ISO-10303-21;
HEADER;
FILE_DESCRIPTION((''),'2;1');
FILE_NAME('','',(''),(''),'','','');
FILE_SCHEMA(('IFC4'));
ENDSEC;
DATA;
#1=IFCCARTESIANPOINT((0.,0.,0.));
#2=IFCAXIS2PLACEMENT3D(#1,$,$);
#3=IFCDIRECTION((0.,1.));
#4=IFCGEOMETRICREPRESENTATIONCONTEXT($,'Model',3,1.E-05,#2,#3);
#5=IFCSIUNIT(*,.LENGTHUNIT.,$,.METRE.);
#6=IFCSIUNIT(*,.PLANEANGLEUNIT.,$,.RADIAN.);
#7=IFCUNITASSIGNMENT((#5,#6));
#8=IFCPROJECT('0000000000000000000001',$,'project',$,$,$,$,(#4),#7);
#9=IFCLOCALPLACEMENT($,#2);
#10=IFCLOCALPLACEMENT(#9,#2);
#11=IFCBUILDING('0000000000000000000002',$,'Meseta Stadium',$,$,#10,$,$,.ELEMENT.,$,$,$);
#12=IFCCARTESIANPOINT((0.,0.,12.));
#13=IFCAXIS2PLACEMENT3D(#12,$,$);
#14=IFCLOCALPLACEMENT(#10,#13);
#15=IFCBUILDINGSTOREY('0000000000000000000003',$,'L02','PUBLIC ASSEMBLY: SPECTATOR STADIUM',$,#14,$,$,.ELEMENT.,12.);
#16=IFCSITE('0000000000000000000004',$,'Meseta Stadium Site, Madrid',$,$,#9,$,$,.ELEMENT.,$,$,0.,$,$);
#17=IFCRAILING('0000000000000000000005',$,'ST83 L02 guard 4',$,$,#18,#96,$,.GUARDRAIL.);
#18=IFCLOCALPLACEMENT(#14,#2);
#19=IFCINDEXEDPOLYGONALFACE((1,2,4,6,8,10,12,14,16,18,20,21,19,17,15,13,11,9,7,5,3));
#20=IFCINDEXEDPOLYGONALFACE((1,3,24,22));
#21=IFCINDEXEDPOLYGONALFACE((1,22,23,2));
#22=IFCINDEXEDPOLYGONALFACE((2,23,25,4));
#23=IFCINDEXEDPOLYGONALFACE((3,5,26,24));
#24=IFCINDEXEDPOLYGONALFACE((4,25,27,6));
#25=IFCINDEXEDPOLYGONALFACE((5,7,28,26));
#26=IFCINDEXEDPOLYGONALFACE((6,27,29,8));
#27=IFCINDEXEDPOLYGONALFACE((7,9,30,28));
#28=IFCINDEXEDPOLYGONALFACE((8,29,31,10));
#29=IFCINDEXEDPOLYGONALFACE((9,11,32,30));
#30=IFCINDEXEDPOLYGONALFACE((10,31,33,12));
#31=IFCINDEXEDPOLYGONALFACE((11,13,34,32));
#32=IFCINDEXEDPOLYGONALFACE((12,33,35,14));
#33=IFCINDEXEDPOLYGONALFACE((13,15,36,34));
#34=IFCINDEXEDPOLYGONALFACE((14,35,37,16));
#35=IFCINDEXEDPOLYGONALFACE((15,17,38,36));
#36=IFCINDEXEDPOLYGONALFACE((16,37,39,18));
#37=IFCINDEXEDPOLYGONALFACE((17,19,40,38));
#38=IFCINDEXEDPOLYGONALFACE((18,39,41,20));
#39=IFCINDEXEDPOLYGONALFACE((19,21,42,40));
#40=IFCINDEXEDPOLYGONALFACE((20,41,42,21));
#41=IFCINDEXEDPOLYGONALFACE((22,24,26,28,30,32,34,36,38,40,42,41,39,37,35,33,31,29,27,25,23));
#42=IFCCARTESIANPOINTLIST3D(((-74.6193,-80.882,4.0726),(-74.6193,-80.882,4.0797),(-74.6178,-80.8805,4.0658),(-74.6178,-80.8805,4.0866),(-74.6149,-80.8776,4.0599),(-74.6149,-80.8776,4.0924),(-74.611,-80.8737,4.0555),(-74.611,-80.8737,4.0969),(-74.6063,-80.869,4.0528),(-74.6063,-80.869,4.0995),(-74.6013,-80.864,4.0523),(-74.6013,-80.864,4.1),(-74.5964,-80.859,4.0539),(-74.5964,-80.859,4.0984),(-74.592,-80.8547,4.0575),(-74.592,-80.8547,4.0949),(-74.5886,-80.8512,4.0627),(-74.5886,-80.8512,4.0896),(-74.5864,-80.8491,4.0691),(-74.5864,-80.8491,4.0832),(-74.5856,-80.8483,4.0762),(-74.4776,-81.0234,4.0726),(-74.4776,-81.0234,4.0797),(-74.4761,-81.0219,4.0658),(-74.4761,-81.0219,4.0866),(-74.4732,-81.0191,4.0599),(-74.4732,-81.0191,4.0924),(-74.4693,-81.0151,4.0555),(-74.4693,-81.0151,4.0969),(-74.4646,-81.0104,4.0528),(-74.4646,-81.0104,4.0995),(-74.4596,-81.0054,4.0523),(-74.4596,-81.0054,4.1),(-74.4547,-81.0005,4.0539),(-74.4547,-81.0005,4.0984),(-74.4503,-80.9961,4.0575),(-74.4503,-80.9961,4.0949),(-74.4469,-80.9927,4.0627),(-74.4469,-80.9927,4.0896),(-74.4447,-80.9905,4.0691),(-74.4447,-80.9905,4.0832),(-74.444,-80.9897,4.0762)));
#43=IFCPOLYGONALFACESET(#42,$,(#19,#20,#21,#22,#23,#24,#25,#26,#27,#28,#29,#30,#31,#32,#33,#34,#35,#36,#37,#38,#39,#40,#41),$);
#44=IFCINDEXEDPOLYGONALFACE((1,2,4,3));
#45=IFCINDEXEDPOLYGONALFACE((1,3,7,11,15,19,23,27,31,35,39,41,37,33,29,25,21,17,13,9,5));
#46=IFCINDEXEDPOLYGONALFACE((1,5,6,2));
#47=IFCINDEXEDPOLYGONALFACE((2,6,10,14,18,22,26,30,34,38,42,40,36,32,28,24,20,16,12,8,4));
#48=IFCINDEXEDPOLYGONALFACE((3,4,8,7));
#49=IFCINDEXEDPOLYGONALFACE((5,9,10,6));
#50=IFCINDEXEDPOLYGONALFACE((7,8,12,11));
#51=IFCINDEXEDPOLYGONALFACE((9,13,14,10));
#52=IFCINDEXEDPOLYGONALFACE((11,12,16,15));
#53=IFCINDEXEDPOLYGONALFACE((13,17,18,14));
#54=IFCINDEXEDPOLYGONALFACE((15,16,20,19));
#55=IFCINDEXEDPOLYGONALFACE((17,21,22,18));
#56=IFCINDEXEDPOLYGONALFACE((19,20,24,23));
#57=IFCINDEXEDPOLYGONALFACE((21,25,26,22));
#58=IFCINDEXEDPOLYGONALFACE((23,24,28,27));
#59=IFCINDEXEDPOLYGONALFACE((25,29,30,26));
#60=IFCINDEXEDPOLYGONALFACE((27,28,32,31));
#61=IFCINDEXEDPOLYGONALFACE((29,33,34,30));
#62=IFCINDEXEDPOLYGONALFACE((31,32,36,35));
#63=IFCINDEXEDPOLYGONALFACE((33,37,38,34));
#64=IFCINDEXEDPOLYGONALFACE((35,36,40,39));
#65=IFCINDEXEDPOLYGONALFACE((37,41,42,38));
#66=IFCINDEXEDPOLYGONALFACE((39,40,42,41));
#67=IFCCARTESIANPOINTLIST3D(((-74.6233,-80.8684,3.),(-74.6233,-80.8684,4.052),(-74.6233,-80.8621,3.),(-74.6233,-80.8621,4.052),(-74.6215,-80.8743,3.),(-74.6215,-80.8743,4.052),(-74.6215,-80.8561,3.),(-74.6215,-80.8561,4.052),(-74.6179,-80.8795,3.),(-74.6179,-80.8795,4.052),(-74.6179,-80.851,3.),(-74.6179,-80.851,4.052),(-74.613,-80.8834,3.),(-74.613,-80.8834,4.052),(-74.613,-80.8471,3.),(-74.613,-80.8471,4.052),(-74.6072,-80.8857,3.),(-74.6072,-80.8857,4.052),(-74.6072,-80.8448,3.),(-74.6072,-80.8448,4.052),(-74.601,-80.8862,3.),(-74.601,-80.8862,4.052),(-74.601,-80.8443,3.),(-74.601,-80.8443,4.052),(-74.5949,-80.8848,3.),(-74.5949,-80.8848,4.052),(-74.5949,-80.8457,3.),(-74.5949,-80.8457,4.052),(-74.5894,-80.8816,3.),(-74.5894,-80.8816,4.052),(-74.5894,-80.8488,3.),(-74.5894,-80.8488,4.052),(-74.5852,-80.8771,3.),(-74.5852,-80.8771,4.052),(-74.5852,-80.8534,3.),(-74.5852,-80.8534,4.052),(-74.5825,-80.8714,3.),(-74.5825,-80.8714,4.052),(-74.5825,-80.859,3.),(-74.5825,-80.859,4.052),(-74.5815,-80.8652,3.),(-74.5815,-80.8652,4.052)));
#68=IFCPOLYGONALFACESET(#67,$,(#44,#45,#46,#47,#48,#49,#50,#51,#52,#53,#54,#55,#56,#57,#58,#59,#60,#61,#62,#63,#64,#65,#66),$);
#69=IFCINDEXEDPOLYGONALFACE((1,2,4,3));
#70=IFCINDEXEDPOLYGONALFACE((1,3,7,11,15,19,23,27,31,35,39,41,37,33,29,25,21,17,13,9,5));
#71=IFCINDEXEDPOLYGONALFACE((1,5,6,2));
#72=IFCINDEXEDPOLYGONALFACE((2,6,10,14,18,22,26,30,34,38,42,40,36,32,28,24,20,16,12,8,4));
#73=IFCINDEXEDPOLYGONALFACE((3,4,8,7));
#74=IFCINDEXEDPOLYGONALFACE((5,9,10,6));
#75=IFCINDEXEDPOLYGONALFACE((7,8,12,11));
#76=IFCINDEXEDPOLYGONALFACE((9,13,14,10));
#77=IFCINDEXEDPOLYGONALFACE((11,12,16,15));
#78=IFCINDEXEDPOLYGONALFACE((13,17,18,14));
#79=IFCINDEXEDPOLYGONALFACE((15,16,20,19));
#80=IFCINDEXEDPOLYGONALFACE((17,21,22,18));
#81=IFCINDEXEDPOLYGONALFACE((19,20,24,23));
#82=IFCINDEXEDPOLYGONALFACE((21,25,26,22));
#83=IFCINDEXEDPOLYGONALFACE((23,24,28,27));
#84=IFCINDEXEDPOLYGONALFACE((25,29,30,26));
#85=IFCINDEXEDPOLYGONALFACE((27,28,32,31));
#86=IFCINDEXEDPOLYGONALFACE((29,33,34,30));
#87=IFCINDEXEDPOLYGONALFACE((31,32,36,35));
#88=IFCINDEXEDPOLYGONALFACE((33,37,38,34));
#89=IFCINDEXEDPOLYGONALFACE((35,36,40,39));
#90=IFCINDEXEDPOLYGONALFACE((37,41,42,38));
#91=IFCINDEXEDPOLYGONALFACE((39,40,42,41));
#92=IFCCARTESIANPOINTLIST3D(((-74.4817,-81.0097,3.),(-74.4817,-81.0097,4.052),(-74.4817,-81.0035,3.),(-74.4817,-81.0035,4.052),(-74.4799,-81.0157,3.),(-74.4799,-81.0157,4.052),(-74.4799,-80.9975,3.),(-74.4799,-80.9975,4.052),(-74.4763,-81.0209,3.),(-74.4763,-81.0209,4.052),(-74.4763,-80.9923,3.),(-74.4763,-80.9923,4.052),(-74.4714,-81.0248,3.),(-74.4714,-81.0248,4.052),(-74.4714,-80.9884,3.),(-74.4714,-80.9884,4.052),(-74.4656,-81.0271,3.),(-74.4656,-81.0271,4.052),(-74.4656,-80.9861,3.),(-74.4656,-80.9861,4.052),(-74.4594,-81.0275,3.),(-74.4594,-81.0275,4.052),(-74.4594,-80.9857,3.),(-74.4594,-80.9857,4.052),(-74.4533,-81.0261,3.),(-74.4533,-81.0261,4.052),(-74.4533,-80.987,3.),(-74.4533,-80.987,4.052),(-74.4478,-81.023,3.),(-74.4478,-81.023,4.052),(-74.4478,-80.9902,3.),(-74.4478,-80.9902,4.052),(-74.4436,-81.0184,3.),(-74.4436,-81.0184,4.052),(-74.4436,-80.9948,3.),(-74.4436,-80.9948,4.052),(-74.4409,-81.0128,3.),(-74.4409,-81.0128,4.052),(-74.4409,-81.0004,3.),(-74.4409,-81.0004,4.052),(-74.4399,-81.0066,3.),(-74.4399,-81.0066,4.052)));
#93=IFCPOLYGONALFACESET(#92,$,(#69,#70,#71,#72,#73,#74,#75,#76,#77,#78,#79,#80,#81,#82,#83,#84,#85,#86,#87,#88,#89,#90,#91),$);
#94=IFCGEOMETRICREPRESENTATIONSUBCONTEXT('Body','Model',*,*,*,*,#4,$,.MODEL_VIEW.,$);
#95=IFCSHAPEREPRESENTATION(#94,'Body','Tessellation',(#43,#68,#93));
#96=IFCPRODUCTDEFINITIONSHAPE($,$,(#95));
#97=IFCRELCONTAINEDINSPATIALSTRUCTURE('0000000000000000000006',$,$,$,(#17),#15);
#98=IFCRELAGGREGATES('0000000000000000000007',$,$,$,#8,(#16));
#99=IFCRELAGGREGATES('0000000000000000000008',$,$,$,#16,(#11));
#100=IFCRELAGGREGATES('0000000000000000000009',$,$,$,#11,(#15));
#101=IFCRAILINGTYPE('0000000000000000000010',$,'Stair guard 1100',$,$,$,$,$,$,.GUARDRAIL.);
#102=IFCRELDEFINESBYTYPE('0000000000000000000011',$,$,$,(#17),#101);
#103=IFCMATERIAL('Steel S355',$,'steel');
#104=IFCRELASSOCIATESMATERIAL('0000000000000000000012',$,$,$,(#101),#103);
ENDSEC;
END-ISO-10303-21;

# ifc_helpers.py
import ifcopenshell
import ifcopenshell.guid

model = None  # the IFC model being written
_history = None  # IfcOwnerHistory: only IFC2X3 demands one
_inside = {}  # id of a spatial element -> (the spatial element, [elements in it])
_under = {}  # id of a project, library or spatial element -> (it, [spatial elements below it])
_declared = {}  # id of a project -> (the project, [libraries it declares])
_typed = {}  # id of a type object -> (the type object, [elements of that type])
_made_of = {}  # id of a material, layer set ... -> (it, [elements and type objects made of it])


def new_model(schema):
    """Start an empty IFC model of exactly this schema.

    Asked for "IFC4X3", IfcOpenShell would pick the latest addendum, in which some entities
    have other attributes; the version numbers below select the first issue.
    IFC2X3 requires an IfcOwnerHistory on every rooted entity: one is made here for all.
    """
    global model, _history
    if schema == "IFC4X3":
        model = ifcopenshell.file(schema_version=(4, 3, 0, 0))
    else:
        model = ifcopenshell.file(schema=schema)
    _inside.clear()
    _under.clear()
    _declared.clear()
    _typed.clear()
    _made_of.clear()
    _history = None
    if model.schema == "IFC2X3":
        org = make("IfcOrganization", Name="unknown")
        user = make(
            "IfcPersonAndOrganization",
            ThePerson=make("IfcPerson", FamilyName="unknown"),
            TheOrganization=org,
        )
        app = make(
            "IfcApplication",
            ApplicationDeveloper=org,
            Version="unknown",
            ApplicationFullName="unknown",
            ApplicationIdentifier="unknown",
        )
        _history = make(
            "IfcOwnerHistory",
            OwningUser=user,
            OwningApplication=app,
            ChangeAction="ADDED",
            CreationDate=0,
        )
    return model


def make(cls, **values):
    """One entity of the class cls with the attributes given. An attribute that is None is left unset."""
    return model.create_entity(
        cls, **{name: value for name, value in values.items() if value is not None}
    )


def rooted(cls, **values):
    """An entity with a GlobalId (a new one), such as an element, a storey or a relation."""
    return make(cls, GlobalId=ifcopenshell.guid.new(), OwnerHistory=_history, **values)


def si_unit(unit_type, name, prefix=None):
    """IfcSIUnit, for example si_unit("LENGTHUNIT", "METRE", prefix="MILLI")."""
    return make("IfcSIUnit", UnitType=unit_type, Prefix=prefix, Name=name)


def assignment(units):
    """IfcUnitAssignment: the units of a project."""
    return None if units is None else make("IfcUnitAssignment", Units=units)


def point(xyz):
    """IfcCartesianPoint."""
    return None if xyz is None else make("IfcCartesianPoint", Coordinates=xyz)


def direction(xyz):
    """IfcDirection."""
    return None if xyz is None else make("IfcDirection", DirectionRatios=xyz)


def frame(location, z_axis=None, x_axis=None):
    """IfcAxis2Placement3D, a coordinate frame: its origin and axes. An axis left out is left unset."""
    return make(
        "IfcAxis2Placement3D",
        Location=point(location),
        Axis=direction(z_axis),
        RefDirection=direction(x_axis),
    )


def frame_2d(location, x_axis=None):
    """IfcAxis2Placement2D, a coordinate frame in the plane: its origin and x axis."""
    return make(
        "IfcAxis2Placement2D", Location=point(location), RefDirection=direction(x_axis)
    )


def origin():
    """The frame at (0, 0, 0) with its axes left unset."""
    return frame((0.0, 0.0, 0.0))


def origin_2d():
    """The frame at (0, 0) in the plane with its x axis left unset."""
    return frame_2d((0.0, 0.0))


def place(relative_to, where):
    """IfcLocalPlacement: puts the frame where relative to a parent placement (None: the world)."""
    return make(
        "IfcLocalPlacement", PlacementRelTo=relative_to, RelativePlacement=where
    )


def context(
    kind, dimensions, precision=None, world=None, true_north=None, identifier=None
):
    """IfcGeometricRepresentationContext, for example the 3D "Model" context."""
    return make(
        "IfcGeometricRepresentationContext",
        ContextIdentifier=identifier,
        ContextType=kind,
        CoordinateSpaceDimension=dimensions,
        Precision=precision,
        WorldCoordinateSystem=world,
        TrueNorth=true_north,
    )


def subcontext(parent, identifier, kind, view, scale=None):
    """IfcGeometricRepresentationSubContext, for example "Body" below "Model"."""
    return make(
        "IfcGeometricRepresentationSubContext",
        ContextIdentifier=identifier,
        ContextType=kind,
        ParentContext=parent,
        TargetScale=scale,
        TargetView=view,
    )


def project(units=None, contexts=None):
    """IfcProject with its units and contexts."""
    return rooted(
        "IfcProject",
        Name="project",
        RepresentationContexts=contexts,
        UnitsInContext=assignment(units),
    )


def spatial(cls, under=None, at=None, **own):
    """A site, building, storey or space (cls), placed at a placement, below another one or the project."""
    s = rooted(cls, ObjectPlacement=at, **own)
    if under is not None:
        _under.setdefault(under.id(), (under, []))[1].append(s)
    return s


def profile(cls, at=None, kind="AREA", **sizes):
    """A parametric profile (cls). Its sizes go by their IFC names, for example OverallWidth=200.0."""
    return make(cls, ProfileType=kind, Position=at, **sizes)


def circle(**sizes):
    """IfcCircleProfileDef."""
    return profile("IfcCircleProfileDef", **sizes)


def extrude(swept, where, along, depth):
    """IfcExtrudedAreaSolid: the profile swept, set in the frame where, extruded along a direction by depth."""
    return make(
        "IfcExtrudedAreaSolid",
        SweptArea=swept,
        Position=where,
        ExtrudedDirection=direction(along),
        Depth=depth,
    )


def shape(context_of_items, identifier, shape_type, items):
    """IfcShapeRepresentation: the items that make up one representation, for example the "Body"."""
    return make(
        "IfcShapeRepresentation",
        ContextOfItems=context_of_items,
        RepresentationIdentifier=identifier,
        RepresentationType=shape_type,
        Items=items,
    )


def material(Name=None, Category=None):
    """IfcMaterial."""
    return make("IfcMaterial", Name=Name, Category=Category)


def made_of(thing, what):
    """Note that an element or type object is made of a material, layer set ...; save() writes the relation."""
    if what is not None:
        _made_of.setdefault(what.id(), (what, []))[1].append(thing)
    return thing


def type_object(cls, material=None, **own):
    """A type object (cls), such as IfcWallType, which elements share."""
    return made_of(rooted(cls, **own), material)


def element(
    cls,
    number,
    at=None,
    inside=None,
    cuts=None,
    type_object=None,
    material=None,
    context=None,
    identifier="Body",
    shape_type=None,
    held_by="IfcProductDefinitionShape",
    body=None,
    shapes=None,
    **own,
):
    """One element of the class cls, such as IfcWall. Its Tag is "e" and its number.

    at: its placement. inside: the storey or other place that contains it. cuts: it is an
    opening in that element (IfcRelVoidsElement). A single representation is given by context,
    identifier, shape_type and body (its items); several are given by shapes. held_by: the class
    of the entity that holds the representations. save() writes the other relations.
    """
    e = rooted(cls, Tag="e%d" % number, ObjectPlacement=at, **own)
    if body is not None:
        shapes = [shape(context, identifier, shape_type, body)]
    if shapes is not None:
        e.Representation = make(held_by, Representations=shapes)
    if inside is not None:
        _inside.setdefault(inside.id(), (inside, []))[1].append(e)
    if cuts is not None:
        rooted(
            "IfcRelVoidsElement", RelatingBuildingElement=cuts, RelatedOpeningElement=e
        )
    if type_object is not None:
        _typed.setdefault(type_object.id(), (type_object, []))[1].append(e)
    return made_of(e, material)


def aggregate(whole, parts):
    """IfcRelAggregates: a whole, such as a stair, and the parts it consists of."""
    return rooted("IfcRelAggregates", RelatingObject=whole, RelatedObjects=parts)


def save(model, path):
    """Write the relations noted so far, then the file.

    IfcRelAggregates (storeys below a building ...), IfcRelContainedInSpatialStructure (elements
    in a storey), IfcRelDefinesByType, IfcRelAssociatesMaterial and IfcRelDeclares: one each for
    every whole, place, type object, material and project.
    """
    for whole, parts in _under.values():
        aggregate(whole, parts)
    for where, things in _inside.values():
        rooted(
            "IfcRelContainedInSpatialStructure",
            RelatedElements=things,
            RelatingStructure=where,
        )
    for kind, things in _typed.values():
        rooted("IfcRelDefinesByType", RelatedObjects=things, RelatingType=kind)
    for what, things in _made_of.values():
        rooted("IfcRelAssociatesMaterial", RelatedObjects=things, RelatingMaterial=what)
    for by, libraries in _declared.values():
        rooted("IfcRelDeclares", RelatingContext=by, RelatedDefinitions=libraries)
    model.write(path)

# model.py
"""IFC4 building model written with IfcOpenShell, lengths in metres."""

from ifc_helpers import new_model, si_unit, direction, frame, origin, origin_2d, place, context, subcontext, project, spatial, circle, extrude, material, type_object, element, save


model = new_model("IFC4")

# Units and contexts
model_context = context("Model", 3, precision=1e-05, world=origin(), true_north=direction((0.0, 1.0)))
body_context = subcontext(model_context, "Body", "Model", "MODEL_VIEW")
ifc_project = project(units=[si_unit("LENGTHUNIT", "METRE"), si_unit("PLANEANGLEUNIT", "RADIAN")], contexts=[model_context])

# Site, building, storey
site_placement = place(None, origin())
site = spatial("IfcSite", under=ifc_project, at=site_placement, Name="Meseta Stadium Site, Madrid", CompositionType="ELEMENT", RefElevation=0.0)
building_placement = place(site_placement, origin())
building = spatial("IfcBuilding", under=site, at=building_placement, Name="Meseta Stadium", CompositionType="ELEMENT")
storey_placement = place(building_placement, frame((0.0, 0.0, 12.0)))
storey = spatial("IfcBuildingStorey", under=building, at=storey_placement, Name="L02", Description="PUBLIC ASSEMBLY: SPECTATOR STADIUM", CompositionType="ELEMENT", Elevation=12.0)

# Railing
ifc_material_1 = material(Name="Steel S355", Category="steel")
railing_type_1 = type_object("IfcRailingType", Name="Stair guard 1100", PredefinedType="GUARDRAIL", material=ifc_material_1)
railing_1_placement = place(storey_placement, frame((-74.6025, -80.8652, 3.0)))
element("IfcRailing", 1, at=railing_1_placement, inside=storey, type_object=railing_type_1, Name="ST83 L02 guard 4", PredefinedType="GUARDRAIL", context=body_context, shape_type="SweptSolid", body=[
    extrude(circle(Radius=0.0239, at=origin_2d()), frame((0.0, 0.0, 1.0762), z_axis=(0.707717, -0.706496, 0.0), x_axis=(0.706496, 0.707717, 0.0)), (0.0, 0.0, 1.0), 0.2002),
    extrude(circle(Radius=0.021, at=origin_2d()), origin(), (0.0, 0.0, 1.0), 1.052),
    extrude(circle(Radius=0.021, at=origin_2d()), frame((0.1416, -0.1414, 0.0)), (0.0, 0.0, 1.0), 1.052),
])

save(model, "model.ifc")
